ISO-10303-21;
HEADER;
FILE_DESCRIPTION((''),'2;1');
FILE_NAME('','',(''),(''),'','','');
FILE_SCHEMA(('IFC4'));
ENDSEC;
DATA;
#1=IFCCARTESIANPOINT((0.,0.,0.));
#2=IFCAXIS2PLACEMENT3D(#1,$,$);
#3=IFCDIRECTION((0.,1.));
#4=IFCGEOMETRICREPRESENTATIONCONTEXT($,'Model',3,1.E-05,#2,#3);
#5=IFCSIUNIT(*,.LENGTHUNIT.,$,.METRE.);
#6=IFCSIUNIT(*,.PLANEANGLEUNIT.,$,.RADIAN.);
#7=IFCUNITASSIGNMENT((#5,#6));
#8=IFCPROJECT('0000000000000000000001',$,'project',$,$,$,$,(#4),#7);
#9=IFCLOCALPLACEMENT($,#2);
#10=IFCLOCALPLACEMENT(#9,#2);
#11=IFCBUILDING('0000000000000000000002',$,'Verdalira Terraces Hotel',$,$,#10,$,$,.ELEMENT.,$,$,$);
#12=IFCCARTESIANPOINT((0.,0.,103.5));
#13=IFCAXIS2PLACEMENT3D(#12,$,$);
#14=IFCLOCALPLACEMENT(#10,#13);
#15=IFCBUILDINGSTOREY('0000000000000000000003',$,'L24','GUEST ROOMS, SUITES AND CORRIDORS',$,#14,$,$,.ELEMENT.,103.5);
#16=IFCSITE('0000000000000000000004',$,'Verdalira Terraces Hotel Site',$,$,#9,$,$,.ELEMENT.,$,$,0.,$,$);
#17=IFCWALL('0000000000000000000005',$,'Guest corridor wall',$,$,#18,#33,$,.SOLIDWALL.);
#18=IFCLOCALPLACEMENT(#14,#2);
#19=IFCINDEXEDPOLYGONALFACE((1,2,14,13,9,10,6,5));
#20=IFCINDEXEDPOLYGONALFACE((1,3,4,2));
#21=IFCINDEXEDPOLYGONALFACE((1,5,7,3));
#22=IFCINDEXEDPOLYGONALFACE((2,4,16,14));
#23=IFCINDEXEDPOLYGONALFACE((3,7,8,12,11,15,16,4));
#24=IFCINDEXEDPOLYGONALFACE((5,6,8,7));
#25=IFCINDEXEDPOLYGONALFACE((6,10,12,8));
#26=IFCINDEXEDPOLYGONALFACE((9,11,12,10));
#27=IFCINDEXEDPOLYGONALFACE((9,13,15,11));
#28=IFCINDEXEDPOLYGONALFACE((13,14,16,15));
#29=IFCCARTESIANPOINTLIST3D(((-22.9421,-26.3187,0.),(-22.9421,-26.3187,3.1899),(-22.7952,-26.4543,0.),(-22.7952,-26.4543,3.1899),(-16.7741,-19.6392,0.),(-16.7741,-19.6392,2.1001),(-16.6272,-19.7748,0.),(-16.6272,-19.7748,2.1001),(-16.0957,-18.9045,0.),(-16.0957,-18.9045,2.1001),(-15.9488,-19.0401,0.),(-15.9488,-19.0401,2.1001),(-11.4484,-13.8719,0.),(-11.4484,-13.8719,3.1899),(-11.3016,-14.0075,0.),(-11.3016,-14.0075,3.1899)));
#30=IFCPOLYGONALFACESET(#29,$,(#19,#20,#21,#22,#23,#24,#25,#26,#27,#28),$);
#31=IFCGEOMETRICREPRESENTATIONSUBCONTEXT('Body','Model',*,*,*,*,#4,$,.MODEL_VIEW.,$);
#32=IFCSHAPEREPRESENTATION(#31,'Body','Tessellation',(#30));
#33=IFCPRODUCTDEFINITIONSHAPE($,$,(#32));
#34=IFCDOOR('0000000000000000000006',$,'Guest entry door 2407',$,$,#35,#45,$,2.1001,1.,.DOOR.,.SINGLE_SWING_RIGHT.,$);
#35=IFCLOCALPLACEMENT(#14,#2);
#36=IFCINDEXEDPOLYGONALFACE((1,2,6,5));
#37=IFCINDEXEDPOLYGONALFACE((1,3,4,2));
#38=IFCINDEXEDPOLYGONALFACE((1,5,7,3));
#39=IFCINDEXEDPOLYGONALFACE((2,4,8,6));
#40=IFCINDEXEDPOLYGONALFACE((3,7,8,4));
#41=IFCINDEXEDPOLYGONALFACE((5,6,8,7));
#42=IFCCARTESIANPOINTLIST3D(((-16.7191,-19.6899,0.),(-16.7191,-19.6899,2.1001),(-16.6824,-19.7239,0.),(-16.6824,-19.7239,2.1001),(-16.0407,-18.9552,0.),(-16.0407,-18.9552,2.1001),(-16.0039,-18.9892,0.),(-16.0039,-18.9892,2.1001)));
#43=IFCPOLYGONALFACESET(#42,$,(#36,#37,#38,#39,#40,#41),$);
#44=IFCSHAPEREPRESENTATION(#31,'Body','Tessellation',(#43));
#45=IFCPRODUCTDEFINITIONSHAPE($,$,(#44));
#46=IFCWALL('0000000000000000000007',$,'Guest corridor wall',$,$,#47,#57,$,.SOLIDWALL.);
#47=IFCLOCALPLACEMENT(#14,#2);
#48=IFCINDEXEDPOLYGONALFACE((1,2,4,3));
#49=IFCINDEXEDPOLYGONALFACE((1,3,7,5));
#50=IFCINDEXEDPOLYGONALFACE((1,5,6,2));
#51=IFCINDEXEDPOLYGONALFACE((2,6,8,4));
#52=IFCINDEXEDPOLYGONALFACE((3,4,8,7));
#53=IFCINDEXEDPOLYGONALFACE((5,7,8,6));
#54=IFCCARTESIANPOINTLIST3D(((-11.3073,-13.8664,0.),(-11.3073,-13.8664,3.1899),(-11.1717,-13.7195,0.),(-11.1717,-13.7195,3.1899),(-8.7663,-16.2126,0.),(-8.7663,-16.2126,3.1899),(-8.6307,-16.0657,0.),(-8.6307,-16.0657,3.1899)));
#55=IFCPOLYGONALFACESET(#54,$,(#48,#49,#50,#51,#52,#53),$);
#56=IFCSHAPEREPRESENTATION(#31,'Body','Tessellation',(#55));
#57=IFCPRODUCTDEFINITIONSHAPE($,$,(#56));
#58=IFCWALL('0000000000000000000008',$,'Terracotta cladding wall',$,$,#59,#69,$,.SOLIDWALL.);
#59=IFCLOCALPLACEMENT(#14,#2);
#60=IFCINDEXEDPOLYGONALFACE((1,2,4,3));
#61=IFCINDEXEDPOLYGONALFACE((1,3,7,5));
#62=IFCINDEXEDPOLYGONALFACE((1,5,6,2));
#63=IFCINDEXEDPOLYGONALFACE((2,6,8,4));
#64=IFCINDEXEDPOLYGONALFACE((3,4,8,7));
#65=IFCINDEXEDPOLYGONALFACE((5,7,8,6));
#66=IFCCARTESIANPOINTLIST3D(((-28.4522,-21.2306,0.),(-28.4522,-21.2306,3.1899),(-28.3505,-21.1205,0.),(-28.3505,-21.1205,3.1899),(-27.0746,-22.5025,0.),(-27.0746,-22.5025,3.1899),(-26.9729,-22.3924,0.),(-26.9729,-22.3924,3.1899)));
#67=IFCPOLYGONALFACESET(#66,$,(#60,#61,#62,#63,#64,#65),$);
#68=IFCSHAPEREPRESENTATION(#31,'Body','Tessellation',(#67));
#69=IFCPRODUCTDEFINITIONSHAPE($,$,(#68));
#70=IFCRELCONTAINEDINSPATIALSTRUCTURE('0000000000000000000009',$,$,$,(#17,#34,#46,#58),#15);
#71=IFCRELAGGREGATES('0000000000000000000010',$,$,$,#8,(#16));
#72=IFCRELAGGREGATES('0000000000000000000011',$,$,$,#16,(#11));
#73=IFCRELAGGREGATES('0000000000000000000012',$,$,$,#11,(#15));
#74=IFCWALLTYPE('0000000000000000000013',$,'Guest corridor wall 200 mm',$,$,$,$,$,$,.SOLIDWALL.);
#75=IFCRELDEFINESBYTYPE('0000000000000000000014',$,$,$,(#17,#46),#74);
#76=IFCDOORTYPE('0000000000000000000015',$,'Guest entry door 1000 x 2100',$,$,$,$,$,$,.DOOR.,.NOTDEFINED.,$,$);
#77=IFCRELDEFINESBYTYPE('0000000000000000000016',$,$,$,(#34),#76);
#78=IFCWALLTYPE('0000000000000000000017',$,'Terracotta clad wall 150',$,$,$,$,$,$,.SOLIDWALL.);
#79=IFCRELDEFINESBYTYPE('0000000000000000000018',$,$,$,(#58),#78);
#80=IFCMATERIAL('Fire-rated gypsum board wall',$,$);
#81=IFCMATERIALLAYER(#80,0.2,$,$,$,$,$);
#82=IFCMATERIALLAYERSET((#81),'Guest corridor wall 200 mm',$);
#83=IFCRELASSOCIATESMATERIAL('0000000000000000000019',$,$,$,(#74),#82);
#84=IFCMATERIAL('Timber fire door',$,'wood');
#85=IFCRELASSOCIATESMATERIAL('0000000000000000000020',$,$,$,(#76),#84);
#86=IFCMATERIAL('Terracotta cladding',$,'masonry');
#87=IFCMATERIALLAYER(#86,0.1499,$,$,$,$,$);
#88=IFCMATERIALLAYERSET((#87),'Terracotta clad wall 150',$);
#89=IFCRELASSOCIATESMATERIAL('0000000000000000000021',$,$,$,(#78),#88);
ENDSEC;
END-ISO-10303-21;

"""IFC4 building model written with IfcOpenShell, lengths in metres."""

from ifc_helpers import new_model, si_unit, direction, frame, frame_2d, origin, place, context, subcontext, project, spatial, rectangle, extrude, material, layer, layer_set, type_object, element, fill, save


model = new_model("IFC4")

# Units and contexts
model_context = context("Model", 3, precision=1e-05, world=origin(), true_north=direction((0.0, 1.0)))
body_context = subcontext(model_context, "Body", "Model", "MODEL_VIEW")
ifc_project = project(units=[si_unit("LENGTHUNIT", "METRE"), si_unit("PLANEANGLEUNIT", "RADIAN")], contexts=[model_context])

# Site, building, storey
site_placement = place(None, origin())
site = spatial("IfcSite", under=ifc_project, at=site_placement, Name="Verdalira Terraces Hotel Site", CompositionType="ELEMENT", RefElevation=0.0)
building_placement = place(site_placement, origin())
building = spatial("IfcBuilding", under=site, at=building_placement, Name="Verdalira Terraces Hotel", CompositionType="ELEMENT")
storey_placement = place(building_placement, frame((0.0, 0.0, 103.5)))
storey = spatial("IfcBuildingStorey", under=building, at=storey_placement, Name="L24", Description="GUEST ROOMS, SUITES AND CORRIDORS", CompositionType="ELEMENT", Elevation=103.5)

# Wall, opening, door
ifc_material_1 = material(Name="Fire-rated gypsum board wall")
ifc_layer_1 = layer(ifc_material_1, 0.2)
ifc_layer_set_1 = layer_set([ifc_layer_1], Name="Guest corridor wall 200 mm")
wall_type_1 = type_object("IfcWallType", Name="Guest corridor wall 200 mm", PredefinedType="SOLIDWALL", material=ifc_layer_set_1)
wall_1_placement = place(storey_placement, frame((-11.375, -13.9397, 0.0), z_axis=(0.0, 0.0, 1.0), x_axis=(-0.678418, -0.734676, 0.0)))
wall_1 = element("IfcWall", 1, at=wall_1_placement, inside=storey, type_object=wall_type_1, Name="Guest corridor wall", PredefinedType="SOLIDWALL", context=body_context, shape_type="SweptSolid", body=[
    extrude(rectangle(XDim=16.9419, YDim=0.2, at=frame_2d((8.4709, 0.0))), origin(), (0.0, 0.0, 1.0), 3.1899),
])
opening_1_placement = place(wall_1_placement, frame((6.8501, 0.0, 0.0)))
opening_1 = element("IfcOpeningElement", 2, at=opening_1_placement, cuts=wall_1, PredefinedType="OPENING", context=body_context, shape_type="SweptSolid", body=[
    extrude(rectangle(XDim=1.0, YDim=2.1001, at=frame_2d((0.5, 1.05))), frame((0.0, 0.1099, 0.0), z_axis=(0.0, -1.0, 0.0), x_axis=(1.0, 0.0, 0.0)), (0.0, 0.0, 1.0), 0.22),
])
ifc_material_2 = material(Name="Timber fire door", Category="wood")
door_type_1 = type_object("IfcDoorType", Name="Guest entry door 1000 x 2100", OperationType="NOTDEFINED", PredefinedType="DOOR", material=ifc_material_2)
door_1_placement = place(opening_1_placement, origin())
door_1 = element("IfcDoor", 3, at=door_1_placement, inside=storey, type_object=door_type_1, Name="Guest entry door 2407", OperationType="SINGLE_SWING_RIGHT", OverallHeight=2.1001, OverallWidth=1.0, PredefinedType="DOOR", context=body_context, shape_type="SweptSolid", body=[
    extrude(rectangle(XDim=1.0, YDim=2.1001, at=frame_2d((0.5, 1.05))), frame((0.0, 0.0249, 0.0), z_axis=(0.0, -1.0, 0.0), x_axis=(1.0, 0.0, 0.0)), (0.0, 0.0, 1.0), 0.05),
])
fill(opening_1, door_1)

# Walls
wall_2_placement = place(storey_placement, frame((-11.2395, -13.793, 0.0), z_axis=(0.0, 0.0, 1.0), x_axis=(0.734711, -0.67838, 0.0)))
element("IfcWall", 4, at=wall_2_placement, inside=storey, type_object=wall_type_1, Name="Guest corridor wall", PredefinedType="SOLIDWALL", context=body_context, shape_type="SweptSolid", body=[
    extrude(rectangle(XDim=3.4585, YDim=0.2, at=frame_2d((1.7292, 0.0))), origin(), (0.0, 0.0, 1.0), 3.1899),
])
ifc_material_3 = material(Name="Terracotta cladding", Category="masonry")
ifc_layer_2 = layer(ifc_material_3, 0.1499)
ifc_layer_set_2 = layer_set([ifc_layer_2], Name="Terracotta clad wall 150")
wall_type_2 = type_object("IfcWallType", Name="Terracotta clad wall 150", PredefinedType="SOLIDWALL", material=ifc_layer_set_2)
wall_3_placement = place(storey_placement, frame((-28.4014, -21.1755, 0.0), z_axis=(0.0, 0.0, 1.0), x_axis=(0.734734, -0.678356, 0.0)))
element("IfcWall", 5, at=wall_3_placement, inside=storey, type_object=wall_type_2, Name="Terracotta cladding wall", PredefinedType="SOLIDWALL", context=body_context, shape_type="SweptSolid", body=[
    extrude(rectangle(XDim=1.875, YDim=0.1499, at=frame_2d((0.9375, 0.0))), origin(), (0.0, 0.0, 1.0), 3.1899),
])

save(model, "model.ifc")
